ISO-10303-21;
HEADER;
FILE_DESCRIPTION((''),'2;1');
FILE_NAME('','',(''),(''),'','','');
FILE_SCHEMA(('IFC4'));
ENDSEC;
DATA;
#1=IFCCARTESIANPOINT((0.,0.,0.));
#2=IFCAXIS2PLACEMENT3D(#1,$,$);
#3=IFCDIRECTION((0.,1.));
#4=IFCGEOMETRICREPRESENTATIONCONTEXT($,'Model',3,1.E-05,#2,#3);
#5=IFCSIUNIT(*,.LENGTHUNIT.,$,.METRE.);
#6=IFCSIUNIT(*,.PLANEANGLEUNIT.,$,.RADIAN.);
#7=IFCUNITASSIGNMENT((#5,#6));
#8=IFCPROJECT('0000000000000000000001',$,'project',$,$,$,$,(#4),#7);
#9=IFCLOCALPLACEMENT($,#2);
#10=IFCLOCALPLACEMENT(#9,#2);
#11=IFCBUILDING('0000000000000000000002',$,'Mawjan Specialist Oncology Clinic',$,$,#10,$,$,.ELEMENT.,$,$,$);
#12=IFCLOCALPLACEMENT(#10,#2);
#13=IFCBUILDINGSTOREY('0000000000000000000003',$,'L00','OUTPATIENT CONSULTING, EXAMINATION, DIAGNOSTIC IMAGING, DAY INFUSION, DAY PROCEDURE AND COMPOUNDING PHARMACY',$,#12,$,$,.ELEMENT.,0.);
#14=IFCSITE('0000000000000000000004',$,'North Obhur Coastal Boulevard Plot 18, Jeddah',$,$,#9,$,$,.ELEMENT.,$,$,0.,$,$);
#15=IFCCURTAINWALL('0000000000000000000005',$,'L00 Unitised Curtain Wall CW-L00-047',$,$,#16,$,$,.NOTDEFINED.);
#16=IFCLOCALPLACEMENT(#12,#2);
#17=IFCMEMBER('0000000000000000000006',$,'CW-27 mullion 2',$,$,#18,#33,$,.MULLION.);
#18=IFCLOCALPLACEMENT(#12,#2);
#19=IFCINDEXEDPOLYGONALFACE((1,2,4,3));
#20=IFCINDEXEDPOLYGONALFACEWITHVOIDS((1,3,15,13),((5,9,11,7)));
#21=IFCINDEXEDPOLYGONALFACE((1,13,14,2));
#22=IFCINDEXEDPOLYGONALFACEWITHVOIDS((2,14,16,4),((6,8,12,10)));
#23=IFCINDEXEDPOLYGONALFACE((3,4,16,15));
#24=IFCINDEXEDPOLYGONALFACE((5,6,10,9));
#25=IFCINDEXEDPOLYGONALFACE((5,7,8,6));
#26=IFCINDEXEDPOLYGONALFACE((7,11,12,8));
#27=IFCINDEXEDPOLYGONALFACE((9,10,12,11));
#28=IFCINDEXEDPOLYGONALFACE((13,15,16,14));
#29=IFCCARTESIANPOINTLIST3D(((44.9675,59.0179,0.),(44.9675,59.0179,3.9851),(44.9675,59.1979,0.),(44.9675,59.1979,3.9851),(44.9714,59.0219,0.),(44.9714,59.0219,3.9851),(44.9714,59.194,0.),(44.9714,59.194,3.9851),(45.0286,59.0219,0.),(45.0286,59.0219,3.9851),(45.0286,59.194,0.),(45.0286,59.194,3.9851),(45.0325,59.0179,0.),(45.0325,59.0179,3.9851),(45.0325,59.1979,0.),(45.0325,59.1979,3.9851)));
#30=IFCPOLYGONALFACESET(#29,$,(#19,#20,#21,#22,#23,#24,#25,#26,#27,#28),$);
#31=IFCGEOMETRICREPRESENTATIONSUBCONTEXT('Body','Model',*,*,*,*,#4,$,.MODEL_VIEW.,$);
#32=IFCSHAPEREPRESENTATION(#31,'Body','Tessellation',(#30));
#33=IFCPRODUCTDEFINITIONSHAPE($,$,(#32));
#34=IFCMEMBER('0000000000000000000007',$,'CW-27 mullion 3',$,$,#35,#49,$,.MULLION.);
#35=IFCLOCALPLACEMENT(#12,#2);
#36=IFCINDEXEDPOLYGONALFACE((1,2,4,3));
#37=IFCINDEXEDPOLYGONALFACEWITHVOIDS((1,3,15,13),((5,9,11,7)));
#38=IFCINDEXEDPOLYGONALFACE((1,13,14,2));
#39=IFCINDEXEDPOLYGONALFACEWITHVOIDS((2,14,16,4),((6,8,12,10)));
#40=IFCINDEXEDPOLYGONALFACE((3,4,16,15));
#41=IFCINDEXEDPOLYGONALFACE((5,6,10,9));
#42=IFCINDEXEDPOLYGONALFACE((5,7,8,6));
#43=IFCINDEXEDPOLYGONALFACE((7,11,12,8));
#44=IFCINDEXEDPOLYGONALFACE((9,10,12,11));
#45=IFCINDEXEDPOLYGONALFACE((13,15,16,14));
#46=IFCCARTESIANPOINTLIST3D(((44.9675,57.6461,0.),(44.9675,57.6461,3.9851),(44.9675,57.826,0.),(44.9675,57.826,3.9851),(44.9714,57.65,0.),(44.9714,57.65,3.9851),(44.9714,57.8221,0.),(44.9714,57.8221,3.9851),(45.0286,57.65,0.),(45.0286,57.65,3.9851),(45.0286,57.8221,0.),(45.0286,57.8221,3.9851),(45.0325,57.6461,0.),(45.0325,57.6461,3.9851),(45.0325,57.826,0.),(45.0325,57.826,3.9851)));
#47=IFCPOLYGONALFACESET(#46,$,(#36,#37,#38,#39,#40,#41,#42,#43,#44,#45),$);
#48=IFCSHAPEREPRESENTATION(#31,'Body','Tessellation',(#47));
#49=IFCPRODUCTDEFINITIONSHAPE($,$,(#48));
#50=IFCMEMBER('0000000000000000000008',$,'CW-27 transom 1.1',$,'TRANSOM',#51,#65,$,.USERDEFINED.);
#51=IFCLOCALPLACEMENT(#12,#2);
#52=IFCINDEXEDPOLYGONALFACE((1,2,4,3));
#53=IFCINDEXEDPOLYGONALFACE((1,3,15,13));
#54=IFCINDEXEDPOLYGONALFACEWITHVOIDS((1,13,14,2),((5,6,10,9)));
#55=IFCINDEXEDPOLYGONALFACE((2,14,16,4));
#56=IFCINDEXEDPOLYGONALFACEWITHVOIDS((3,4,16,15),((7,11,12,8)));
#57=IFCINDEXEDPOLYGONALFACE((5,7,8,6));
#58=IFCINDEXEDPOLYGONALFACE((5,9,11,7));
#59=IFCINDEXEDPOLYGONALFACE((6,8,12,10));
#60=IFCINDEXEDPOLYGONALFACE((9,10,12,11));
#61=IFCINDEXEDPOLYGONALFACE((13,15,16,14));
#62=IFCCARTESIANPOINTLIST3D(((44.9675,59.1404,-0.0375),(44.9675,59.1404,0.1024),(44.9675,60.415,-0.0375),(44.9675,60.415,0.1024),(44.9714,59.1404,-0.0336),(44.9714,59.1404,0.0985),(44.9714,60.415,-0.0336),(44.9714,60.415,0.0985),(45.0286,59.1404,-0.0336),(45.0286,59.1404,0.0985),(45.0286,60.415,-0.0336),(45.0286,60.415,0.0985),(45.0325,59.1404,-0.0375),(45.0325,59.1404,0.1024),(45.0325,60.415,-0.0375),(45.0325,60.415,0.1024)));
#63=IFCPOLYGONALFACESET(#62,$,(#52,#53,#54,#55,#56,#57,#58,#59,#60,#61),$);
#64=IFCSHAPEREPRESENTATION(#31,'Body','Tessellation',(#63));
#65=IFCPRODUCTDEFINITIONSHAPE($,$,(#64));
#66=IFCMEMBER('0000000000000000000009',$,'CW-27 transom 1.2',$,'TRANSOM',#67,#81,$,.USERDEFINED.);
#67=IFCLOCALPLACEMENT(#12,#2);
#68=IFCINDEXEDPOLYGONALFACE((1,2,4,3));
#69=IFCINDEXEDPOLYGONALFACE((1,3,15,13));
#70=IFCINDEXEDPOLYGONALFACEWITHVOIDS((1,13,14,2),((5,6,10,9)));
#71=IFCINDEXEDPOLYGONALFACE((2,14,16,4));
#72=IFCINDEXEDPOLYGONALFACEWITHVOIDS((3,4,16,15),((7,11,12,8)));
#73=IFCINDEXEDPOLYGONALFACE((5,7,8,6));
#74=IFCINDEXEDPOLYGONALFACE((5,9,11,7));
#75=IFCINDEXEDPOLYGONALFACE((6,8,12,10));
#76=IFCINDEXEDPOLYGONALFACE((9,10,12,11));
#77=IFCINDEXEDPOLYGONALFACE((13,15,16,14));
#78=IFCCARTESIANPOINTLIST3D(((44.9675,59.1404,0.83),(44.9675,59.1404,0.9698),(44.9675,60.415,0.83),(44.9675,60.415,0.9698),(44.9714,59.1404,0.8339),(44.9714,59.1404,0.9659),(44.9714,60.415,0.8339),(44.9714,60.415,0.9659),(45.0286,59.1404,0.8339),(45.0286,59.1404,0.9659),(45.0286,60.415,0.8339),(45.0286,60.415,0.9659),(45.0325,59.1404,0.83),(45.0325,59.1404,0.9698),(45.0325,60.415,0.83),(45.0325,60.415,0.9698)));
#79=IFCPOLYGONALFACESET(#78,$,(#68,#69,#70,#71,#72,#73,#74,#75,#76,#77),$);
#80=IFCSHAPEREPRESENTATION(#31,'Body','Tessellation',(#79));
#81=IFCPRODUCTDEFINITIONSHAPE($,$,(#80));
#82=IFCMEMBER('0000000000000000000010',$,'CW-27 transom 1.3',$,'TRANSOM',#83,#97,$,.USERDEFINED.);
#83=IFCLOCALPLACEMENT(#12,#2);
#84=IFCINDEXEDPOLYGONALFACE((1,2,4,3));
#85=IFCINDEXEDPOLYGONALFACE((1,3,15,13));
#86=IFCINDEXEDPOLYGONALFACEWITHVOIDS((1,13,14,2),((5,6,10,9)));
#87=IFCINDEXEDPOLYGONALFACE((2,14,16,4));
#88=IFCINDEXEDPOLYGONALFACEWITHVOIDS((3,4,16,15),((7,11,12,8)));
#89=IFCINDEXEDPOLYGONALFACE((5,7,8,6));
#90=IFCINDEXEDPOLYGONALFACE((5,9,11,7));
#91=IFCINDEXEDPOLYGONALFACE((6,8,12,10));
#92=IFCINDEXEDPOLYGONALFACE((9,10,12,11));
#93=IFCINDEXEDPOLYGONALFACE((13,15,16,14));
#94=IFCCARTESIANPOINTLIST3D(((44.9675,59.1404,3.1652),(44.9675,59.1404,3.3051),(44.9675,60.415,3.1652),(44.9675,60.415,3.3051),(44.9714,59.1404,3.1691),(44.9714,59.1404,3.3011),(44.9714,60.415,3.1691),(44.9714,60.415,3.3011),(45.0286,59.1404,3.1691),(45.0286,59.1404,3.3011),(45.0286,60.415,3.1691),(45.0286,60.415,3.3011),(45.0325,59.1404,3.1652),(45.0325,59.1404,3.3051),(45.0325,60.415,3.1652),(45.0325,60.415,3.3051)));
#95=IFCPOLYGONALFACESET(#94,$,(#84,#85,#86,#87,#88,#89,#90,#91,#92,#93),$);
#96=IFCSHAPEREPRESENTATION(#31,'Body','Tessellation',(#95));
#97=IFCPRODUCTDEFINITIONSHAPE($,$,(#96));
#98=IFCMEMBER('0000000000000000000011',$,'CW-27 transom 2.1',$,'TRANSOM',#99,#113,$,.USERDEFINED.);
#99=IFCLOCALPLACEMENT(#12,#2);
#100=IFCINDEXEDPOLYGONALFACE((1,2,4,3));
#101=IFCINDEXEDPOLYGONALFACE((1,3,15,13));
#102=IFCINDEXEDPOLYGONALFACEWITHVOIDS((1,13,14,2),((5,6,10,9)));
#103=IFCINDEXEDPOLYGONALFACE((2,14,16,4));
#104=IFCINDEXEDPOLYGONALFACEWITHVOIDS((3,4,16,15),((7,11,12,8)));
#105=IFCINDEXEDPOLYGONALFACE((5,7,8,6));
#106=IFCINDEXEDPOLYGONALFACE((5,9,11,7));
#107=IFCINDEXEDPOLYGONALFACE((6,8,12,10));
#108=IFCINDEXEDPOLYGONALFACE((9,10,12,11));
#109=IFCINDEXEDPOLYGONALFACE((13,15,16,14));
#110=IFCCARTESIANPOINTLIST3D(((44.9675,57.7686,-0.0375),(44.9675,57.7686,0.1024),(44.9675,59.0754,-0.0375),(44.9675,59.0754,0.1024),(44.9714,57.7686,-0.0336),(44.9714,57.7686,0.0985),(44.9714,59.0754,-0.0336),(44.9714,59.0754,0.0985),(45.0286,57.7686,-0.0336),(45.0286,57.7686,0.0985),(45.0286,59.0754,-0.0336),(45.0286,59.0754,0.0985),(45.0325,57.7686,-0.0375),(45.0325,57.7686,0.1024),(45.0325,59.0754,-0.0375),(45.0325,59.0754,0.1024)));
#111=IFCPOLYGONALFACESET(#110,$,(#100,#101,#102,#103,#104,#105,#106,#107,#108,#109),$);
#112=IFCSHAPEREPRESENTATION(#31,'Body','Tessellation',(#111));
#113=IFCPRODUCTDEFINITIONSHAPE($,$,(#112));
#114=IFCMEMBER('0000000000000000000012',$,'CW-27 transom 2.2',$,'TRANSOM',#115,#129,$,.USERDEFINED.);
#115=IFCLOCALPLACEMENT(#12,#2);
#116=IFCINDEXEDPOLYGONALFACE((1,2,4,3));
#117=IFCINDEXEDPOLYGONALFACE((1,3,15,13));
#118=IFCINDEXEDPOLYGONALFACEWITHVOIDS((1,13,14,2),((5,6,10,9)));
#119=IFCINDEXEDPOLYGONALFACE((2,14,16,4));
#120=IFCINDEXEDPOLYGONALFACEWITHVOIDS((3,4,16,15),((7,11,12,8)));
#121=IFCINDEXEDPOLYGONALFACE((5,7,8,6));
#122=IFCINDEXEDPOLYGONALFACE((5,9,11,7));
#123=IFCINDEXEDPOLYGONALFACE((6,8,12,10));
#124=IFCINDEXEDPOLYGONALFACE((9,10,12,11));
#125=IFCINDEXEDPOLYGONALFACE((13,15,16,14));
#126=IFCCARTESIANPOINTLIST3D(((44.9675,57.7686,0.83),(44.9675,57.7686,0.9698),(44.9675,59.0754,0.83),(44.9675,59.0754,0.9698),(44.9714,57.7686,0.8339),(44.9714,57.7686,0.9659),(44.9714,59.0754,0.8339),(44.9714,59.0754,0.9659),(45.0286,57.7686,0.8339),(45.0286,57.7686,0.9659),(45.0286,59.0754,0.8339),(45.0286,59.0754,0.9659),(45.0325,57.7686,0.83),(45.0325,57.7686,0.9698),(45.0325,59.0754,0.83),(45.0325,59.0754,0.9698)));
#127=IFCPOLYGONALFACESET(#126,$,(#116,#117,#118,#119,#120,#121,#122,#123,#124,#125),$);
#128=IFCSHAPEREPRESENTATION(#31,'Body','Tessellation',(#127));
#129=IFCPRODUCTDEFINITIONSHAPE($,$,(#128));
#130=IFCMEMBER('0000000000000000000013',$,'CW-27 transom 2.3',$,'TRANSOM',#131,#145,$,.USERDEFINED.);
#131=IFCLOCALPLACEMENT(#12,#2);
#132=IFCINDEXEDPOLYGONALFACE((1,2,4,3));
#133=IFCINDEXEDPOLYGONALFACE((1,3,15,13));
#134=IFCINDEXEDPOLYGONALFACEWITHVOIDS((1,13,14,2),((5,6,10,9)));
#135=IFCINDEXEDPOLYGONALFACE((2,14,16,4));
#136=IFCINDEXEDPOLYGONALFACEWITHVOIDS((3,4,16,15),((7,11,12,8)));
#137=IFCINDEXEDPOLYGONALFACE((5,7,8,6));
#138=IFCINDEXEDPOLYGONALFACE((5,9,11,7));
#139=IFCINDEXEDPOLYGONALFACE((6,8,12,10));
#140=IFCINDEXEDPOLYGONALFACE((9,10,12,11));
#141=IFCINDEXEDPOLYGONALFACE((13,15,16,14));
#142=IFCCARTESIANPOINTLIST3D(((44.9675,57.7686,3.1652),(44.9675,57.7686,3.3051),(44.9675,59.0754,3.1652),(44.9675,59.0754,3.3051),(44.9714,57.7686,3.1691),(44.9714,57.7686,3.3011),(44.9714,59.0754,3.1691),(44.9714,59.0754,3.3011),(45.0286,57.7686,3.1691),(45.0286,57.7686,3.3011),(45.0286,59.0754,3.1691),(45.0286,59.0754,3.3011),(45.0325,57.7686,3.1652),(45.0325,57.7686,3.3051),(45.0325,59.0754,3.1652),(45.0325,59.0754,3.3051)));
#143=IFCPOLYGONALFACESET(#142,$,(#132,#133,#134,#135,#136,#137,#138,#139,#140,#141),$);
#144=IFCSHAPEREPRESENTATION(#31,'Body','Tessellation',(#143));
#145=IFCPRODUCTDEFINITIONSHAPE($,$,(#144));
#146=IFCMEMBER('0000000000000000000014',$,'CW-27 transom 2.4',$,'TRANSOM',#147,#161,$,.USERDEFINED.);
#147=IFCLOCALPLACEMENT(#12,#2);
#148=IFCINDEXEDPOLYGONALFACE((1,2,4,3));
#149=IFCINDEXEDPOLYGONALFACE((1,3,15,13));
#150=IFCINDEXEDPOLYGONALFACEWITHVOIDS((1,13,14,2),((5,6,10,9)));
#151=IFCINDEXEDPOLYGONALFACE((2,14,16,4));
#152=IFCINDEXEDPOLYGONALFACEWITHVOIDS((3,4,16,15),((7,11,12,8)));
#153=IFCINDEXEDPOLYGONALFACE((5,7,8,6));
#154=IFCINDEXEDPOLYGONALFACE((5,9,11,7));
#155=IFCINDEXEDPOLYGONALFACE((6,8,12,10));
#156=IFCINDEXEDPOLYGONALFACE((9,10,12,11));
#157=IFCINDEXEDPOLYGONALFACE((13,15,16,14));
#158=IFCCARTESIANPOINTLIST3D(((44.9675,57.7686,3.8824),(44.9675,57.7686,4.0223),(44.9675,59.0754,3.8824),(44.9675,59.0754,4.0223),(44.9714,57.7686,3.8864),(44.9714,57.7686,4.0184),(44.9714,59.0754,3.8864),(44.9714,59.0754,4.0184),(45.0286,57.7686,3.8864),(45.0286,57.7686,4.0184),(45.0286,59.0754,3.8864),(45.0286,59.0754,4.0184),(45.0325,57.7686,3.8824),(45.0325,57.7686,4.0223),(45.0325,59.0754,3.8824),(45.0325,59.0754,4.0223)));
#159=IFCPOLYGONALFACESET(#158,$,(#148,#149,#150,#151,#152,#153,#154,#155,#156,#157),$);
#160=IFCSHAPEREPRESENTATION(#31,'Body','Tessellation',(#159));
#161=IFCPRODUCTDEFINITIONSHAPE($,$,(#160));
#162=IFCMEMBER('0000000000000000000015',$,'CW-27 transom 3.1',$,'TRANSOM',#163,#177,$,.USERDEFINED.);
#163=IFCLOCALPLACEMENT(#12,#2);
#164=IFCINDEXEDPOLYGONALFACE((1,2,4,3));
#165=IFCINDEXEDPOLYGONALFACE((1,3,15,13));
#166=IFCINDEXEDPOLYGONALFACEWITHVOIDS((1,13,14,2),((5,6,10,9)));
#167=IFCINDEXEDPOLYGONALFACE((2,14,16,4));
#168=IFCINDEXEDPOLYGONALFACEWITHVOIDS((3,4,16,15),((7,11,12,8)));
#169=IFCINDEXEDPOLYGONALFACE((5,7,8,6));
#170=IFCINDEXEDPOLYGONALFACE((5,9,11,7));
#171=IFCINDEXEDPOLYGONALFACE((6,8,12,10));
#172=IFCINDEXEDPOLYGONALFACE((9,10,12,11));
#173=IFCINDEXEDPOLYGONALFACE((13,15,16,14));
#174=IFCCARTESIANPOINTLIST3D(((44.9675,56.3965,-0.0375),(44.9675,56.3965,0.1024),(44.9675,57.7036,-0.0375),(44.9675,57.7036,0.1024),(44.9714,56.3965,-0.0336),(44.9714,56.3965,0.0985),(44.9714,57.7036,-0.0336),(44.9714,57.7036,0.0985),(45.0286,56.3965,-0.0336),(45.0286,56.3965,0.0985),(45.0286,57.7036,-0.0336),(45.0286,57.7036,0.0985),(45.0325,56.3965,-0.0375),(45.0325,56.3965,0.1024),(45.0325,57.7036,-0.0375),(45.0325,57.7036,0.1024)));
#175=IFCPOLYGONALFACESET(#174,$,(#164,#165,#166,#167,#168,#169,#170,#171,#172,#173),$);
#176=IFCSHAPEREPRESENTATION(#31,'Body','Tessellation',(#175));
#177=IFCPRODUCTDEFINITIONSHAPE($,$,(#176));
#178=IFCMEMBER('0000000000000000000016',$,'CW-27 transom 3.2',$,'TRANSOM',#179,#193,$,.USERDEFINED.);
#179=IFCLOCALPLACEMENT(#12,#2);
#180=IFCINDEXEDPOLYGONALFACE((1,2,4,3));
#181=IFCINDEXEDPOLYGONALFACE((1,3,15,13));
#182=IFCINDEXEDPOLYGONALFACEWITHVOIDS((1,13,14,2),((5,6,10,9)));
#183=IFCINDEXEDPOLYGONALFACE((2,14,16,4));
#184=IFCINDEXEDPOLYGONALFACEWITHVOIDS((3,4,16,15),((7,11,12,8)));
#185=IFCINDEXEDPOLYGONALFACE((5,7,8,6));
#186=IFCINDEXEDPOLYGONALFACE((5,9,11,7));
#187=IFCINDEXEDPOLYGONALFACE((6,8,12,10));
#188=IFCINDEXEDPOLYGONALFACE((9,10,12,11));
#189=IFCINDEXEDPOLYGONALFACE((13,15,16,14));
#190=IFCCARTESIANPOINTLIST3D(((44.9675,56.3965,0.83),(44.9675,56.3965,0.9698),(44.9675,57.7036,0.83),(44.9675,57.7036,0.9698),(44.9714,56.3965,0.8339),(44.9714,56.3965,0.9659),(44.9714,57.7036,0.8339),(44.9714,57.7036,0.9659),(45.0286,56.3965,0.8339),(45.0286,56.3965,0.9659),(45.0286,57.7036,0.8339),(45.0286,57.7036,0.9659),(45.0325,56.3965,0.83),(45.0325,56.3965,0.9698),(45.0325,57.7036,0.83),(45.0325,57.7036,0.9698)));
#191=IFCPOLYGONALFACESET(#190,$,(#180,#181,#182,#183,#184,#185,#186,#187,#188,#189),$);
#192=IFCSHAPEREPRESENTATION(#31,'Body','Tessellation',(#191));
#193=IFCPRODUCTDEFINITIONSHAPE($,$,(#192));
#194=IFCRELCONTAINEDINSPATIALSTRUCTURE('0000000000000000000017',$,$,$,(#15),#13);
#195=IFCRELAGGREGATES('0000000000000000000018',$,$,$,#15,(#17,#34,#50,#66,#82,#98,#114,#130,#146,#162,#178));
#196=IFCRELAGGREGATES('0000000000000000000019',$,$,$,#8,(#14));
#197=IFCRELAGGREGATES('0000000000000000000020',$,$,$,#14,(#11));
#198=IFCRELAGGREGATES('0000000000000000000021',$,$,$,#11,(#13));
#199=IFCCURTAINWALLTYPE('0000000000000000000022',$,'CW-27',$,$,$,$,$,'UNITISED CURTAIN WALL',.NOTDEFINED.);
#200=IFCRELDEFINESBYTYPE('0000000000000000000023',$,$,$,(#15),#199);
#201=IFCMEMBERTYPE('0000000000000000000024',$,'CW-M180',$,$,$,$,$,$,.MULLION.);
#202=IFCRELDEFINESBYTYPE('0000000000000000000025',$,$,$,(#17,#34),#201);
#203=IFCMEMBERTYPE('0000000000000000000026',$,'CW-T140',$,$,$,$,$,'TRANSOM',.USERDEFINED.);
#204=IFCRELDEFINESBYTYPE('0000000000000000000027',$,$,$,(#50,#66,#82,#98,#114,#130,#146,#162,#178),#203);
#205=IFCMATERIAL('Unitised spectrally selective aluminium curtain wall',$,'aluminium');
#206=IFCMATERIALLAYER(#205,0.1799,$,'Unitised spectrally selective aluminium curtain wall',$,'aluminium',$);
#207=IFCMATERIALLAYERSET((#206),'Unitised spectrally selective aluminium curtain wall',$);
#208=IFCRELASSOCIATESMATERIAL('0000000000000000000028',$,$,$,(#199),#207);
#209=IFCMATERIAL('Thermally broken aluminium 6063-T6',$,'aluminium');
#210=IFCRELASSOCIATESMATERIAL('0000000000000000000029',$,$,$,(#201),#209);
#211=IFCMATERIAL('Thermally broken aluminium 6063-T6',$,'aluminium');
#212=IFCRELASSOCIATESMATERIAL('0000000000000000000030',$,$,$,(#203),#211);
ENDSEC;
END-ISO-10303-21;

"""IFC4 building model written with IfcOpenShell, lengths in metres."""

from ifc_helpers import new_model, si_unit, direction, frame, origin, origin_2d, place, context, subcontext, project, spatial, hollow_rectangle, extrude, material, layer, layer_set, material_profile, profile_set, type_object, element, aggregate, save


model = new_model("IFC4")

# Units and contexts
model_context = context("Model", 3, precision=1e-05, world=origin(), true_north=direction((0.0, 1.0)))
body_context = subcontext(model_context, "Body", "Model", "MODEL_VIEW")
ifc_project = project(units=[si_unit("LENGTHUNIT", "METRE"), si_unit("PLANEANGLEUNIT", "RADIAN")], contexts=[model_context])

# Site, building, storey
site_placement = place(None, origin())
site = spatial("IfcSite", under=ifc_project, at=site_placement, Name="North Obhur Coastal Boulevard Plot 18, Jeddah", CompositionType="ELEMENT", RefElevation=0.0)
building_placement = place(site_placement, origin())
building = spatial("IfcBuilding", under=site, at=building_placement, Name="Mawjan Specialist Oncology Clinic", CompositionType="ELEMENT")
storey_placement = place(building_placement, origin())
storey = spatial("IfcBuildingStorey", under=building, at=storey_placement, Name="L00", Description="OUTPATIENT CONSULTING, EXAMINATION, DIAGNOSTIC IMAGING, DAY INFUSION, DAY PROCEDURE AND COMPOUNDING PHARMACY", CompositionType="ELEMENT", Elevation=0.0)

# Curtain wall, members
ifc_material_1 = material(Name="Unitised spectrally selective aluminium curtain wall", Category="aluminium")
ifc_layer_1 = layer(ifc_material_1, 0.1799, Name="Unitised spectrally selective aluminium curtain wall", Category="aluminium")
ifc_layer_set_1 = layer_set([ifc_layer_1], Name="Unitised spectrally selective aluminium curtain wall")
curtain_wall_type = type_object("IfcCurtainWallType", Name="CW-27", ElementType="UNITISED CURTAIN WALL", PredefinedType="NOTDEFINED", material=ifc_layer_set_1)
curtain_wall_placement = place(storey_placement, origin())
curtain_wall = element("IfcCurtainWall", 1, at=curtain_wall_placement, inside=storey, type_object=curtain_wall_type, Name="L00 Unitised Curtain Wall CW-L00-047", PredefinedType="NOTDEFINED")
ifc_material_2 = material(Name="Thermally broken aluminium 6063-T6", Category="aluminium")
ifc_material_profile_1 = material_profile(ifc_material_2, hollow_rectangle(XDim=0.0649, YDim=0.1799, WallThickness=0.0039, at=origin_2d()), Name="ALU MULLION 180x65x4", Category="aluminium")
ifc_profile_set_1 = profile_set([ifc_material_profile_1], Name="Thermally broken aluminium 6063-T6")
member_type_1 = type_object("IfcMemberType", Name="CW-M180", PredefinedType="MULLION", material=ifc_profile_set_1)
member_1_placement = place(storey_placement, frame((45.0, 59.1079, 0.0), z_axis=(0.0, 0.0, 1.0), x_axis=(1.0, 0.0, 0.0)))
member_1 = element("IfcMember", 2, at=member_1_placement, type_object=member_type_1, Name="CW-27 mullion 2", PredefinedType="MULLION", context=body_context, shape_type="SweptSolid", body=[
    extrude(hollow_rectangle(XDim=0.0649, YDim=0.1799, WallThickness=0.0039, at=origin_2d()), origin(), (0.0, 0.0, 1.0), 3.9851),
])
member_2_placement = place(storey_placement, frame((45.0, 57.7361, 0.0), z_axis=(0.0, 0.0, 1.0), x_axis=(1.0, 0.0, 0.0)))
member_2 = element("IfcMember", 3, at=member_2_placement, type_object=member_type_1, Name="CW-27 mullion 3", PredefinedType="MULLION", context=body_context, shape_type="SweptSolid", body=[
    extrude(hollow_rectangle(XDim=0.0649, YDim=0.1799, WallThickness=0.0039, at=origin_2d()), origin(), (0.0, 0.0, 1.0), 3.9851),
])
ifc_material_3 = material(Name="Thermally broken aluminium 6063-T6", Category="aluminium")
ifc_material_profile_2 = material_profile(ifc_material_3, hollow_rectangle(XDim=0.0649, YDim=0.1399, WallThickness=0.0039, at=origin_2d()), Name="ALU TRANSOM 140x65x4", Category="aluminium")
ifc_profile_set_2 = profile_set([ifc_material_profile_2], Name="Thermally broken aluminium 6063-T6")
member_type_2 = type_object("IfcMemberType", Name="CW-T140", ElementType="TRANSOM", PredefinedType="USERDEFINED", material=ifc_profile_set_2)
member_3_placement = place(storey_placement, frame((45.0, 60.415, 0.0325), z_axis=(0.0, -1.0, 0.0), x_axis=(1.0, 0.0, 0.0)))
member_3 = element("IfcMember", 4, at=member_3_placement, type_object=member_type_2, Name="CW-27 transom 1.1", ObjectType="TRANSOM", PredefinedType="USERDEFINED", context=body_context, shape_type="SweptSolid", body=[
    extrude(hollow_rectangle(XDim=0.0649, YDim=0.1399, WallThickness=0.0039, at=origin_2d()), origin(), (0.0, 0.0, 1.0), 1.2747),
])
member_4_placement = place(storey_placement, frame((45.0, 60.415, 0.8999), z_axis=(0.0, -1.0, 0.0), x_axis=(1.0, 0.0, 0.0)))
member_4 = element("IfcMember", 5, at=member_4_placement, type_object=member_type_2, Name="CW-27 transom 1.2", ObjectType="TRANSOM", PredefinedType="USERDEFINED", context=body_context, shape_type="SweptSolid", body=[
    extrude(hollow_rectangle(XDim=0.0649, YDim=0.1399, WallThickness=0.0039, at=origin_2d()), origin(), (0.0, 0.0, 1.0), 1.2747),
])
member_5_placement = place(storey_placement, frame((45.0, 60.415, 3.2351), z_axis=(0.0, -1.0, 0.0), x_axis=(1.0, 0.0, 0.0)))
member_5 = element("IfcMember", 6, at=member_5_placement, type_object=member_type_2, Name="CW-27 transom 1.3", ObjectType="TRANSOM", PredefinedType="USERDEFINED", context=body_context, shape_type="SweptSolid", body=[
    extrude(hollow_rectangle(XDim=0.0649, YDim=0.1399, WallThickness=0.0039, at=origin_2d()), origin(), (0.0, 0.0, 1.0), 1.2747),
])
member_6_placement = place(storey_placement, frame((45.0, 59.0754, 0.0325), z_axis=(0.0, -1.0, 0.0), x_axis=(1.0, 0.0, 0.0)))
member_6 = element("IfcMember", 7, at=member_6_placement, type_object=member_type_2, Name="CW-27 transom 2.1", ObjectType="TRANSOM", PredefinedType="USERDEFINED", context=body_context, shape_type="SweptSolid", body=[
    extrude(hollow_rectangle(XDim=0.0649, YDim=0.1399, WallThickness=0.0039, at=origin_2d()), origin(), (0.0, 0.0, 1.0), 1.3069),
])
member_7_placement = place(storey_placement, frame((45.0, 59.0754, 0.8999), z_axis=(0.0, -1.0, 0.0), x_axis=(1.0, 0.0, 0.0)))
member_7 = element("IfcMember", 8, at=member_7_placement, type_object=member_type_2, Name="CW-27 transom 2.2", ObjectType="TRANSOM", PredefinedType="USERDEFINED", context=body_context, shape_type="SweptSolid", body=[
    extrude(hollow_rectangle(XDim=0.0649, YDim=0.1399, WallThickness=0.0039, at=origin_2d()), origin(), (0.0, 0.0, 1.0), 1.3069),
])
member_8_placement = place(storey_placement, frame((45.0, 59.0754, 3.2351), z_axis=(0.0, -1.0, 0.0), x_axis=(1.0, 0.0, 0.0)))
member_8 = element("IfcMember", 9, at=member_8_placement, type_object=member_type_2, Name="CW-27 transom 2.3", ObjectType="TRANSOM", PredefinedType="USERDEFINED", context=body_context, shape_type="SweptSolid", body=[
    extrude(hollow_rectangle(XDim=0.0649, YDim=0.1399, WallThickness=0.0039, at=origin_2d()), origin(), (0.0, 0.0, 1.0), 1.3069),
])
member_9_placement = place(storey_placement, frame((45.0, 59.0754, 3.9524), z_axis=(0.0, -1.0, 0.0), x_axis=(1.0, 0.0, 0.0)))
member_9 = element("IfcMember", 10, at=member_9_placement, type_object=member_type_2, Name="CW-27 transom 2.4", ObjectType="TRANSOM", PredefinedType="USERDEFINED", context=body_context, shape_type="SweptSolid", body=[
    extrude(hollow_rectangle(XDim=0.0649, YDim=0.1399, WallThickness=0.0039, at=origin_2d()), origin(), (0.0, 0.0, 1.0), 1.3069),
])
member_10_placement = place(storey_placement, frame((45.0, 57.7036, 0.0325), z_axis=(0.0, -1.0, 0.0), x_axis=(1.0, 0.0, 0.0)))
member_10 = element("IfcMember", 11, at=member_10_placement, type_object=member_type_2, Name="CW-27 transom 3.1", ObjectType="TRANSOM", PredefinedType="USERDEFINED", context=body_context, shape_type="SweptSolid", body=[
    extrude(hollow_rectangle(XDim=0.0649, YDim=0.1399, WallThickness=0.0039, at=origin_2d()), origin(), (0.0, 0.0, 1.0), 1.3071),
])
member_11_placement = place(storey_placement, frame((45.0, 57.7036, 0.8999), z_axis=(0.0, -1.0, 0.0), x_axis=(1.0, 0.0, 0.0)))
member_11 = element("IfcMember", 12, at=member_11_placement, type_object=member_type_2, Name="CW-27 transom 3.2", ObjectType="TRANSOM", PredefinedType="USERDEFINED", context=body_context, shape_type="SweptSolid", body=[
    extrude(hollow_rectangle(XDim=0.0649, YDim=0.1399, WallThickness=0.0039, at=origin_2d()), origin(), (0.0, 0.0, 1.0), 1.3071),
])
aggregate(curtain_wall, [member_1, member_2, member_3, member_4, member_5, member_6, member_7, member_8, member_9, member_10, member_11])

save(model, "model.ifc")
